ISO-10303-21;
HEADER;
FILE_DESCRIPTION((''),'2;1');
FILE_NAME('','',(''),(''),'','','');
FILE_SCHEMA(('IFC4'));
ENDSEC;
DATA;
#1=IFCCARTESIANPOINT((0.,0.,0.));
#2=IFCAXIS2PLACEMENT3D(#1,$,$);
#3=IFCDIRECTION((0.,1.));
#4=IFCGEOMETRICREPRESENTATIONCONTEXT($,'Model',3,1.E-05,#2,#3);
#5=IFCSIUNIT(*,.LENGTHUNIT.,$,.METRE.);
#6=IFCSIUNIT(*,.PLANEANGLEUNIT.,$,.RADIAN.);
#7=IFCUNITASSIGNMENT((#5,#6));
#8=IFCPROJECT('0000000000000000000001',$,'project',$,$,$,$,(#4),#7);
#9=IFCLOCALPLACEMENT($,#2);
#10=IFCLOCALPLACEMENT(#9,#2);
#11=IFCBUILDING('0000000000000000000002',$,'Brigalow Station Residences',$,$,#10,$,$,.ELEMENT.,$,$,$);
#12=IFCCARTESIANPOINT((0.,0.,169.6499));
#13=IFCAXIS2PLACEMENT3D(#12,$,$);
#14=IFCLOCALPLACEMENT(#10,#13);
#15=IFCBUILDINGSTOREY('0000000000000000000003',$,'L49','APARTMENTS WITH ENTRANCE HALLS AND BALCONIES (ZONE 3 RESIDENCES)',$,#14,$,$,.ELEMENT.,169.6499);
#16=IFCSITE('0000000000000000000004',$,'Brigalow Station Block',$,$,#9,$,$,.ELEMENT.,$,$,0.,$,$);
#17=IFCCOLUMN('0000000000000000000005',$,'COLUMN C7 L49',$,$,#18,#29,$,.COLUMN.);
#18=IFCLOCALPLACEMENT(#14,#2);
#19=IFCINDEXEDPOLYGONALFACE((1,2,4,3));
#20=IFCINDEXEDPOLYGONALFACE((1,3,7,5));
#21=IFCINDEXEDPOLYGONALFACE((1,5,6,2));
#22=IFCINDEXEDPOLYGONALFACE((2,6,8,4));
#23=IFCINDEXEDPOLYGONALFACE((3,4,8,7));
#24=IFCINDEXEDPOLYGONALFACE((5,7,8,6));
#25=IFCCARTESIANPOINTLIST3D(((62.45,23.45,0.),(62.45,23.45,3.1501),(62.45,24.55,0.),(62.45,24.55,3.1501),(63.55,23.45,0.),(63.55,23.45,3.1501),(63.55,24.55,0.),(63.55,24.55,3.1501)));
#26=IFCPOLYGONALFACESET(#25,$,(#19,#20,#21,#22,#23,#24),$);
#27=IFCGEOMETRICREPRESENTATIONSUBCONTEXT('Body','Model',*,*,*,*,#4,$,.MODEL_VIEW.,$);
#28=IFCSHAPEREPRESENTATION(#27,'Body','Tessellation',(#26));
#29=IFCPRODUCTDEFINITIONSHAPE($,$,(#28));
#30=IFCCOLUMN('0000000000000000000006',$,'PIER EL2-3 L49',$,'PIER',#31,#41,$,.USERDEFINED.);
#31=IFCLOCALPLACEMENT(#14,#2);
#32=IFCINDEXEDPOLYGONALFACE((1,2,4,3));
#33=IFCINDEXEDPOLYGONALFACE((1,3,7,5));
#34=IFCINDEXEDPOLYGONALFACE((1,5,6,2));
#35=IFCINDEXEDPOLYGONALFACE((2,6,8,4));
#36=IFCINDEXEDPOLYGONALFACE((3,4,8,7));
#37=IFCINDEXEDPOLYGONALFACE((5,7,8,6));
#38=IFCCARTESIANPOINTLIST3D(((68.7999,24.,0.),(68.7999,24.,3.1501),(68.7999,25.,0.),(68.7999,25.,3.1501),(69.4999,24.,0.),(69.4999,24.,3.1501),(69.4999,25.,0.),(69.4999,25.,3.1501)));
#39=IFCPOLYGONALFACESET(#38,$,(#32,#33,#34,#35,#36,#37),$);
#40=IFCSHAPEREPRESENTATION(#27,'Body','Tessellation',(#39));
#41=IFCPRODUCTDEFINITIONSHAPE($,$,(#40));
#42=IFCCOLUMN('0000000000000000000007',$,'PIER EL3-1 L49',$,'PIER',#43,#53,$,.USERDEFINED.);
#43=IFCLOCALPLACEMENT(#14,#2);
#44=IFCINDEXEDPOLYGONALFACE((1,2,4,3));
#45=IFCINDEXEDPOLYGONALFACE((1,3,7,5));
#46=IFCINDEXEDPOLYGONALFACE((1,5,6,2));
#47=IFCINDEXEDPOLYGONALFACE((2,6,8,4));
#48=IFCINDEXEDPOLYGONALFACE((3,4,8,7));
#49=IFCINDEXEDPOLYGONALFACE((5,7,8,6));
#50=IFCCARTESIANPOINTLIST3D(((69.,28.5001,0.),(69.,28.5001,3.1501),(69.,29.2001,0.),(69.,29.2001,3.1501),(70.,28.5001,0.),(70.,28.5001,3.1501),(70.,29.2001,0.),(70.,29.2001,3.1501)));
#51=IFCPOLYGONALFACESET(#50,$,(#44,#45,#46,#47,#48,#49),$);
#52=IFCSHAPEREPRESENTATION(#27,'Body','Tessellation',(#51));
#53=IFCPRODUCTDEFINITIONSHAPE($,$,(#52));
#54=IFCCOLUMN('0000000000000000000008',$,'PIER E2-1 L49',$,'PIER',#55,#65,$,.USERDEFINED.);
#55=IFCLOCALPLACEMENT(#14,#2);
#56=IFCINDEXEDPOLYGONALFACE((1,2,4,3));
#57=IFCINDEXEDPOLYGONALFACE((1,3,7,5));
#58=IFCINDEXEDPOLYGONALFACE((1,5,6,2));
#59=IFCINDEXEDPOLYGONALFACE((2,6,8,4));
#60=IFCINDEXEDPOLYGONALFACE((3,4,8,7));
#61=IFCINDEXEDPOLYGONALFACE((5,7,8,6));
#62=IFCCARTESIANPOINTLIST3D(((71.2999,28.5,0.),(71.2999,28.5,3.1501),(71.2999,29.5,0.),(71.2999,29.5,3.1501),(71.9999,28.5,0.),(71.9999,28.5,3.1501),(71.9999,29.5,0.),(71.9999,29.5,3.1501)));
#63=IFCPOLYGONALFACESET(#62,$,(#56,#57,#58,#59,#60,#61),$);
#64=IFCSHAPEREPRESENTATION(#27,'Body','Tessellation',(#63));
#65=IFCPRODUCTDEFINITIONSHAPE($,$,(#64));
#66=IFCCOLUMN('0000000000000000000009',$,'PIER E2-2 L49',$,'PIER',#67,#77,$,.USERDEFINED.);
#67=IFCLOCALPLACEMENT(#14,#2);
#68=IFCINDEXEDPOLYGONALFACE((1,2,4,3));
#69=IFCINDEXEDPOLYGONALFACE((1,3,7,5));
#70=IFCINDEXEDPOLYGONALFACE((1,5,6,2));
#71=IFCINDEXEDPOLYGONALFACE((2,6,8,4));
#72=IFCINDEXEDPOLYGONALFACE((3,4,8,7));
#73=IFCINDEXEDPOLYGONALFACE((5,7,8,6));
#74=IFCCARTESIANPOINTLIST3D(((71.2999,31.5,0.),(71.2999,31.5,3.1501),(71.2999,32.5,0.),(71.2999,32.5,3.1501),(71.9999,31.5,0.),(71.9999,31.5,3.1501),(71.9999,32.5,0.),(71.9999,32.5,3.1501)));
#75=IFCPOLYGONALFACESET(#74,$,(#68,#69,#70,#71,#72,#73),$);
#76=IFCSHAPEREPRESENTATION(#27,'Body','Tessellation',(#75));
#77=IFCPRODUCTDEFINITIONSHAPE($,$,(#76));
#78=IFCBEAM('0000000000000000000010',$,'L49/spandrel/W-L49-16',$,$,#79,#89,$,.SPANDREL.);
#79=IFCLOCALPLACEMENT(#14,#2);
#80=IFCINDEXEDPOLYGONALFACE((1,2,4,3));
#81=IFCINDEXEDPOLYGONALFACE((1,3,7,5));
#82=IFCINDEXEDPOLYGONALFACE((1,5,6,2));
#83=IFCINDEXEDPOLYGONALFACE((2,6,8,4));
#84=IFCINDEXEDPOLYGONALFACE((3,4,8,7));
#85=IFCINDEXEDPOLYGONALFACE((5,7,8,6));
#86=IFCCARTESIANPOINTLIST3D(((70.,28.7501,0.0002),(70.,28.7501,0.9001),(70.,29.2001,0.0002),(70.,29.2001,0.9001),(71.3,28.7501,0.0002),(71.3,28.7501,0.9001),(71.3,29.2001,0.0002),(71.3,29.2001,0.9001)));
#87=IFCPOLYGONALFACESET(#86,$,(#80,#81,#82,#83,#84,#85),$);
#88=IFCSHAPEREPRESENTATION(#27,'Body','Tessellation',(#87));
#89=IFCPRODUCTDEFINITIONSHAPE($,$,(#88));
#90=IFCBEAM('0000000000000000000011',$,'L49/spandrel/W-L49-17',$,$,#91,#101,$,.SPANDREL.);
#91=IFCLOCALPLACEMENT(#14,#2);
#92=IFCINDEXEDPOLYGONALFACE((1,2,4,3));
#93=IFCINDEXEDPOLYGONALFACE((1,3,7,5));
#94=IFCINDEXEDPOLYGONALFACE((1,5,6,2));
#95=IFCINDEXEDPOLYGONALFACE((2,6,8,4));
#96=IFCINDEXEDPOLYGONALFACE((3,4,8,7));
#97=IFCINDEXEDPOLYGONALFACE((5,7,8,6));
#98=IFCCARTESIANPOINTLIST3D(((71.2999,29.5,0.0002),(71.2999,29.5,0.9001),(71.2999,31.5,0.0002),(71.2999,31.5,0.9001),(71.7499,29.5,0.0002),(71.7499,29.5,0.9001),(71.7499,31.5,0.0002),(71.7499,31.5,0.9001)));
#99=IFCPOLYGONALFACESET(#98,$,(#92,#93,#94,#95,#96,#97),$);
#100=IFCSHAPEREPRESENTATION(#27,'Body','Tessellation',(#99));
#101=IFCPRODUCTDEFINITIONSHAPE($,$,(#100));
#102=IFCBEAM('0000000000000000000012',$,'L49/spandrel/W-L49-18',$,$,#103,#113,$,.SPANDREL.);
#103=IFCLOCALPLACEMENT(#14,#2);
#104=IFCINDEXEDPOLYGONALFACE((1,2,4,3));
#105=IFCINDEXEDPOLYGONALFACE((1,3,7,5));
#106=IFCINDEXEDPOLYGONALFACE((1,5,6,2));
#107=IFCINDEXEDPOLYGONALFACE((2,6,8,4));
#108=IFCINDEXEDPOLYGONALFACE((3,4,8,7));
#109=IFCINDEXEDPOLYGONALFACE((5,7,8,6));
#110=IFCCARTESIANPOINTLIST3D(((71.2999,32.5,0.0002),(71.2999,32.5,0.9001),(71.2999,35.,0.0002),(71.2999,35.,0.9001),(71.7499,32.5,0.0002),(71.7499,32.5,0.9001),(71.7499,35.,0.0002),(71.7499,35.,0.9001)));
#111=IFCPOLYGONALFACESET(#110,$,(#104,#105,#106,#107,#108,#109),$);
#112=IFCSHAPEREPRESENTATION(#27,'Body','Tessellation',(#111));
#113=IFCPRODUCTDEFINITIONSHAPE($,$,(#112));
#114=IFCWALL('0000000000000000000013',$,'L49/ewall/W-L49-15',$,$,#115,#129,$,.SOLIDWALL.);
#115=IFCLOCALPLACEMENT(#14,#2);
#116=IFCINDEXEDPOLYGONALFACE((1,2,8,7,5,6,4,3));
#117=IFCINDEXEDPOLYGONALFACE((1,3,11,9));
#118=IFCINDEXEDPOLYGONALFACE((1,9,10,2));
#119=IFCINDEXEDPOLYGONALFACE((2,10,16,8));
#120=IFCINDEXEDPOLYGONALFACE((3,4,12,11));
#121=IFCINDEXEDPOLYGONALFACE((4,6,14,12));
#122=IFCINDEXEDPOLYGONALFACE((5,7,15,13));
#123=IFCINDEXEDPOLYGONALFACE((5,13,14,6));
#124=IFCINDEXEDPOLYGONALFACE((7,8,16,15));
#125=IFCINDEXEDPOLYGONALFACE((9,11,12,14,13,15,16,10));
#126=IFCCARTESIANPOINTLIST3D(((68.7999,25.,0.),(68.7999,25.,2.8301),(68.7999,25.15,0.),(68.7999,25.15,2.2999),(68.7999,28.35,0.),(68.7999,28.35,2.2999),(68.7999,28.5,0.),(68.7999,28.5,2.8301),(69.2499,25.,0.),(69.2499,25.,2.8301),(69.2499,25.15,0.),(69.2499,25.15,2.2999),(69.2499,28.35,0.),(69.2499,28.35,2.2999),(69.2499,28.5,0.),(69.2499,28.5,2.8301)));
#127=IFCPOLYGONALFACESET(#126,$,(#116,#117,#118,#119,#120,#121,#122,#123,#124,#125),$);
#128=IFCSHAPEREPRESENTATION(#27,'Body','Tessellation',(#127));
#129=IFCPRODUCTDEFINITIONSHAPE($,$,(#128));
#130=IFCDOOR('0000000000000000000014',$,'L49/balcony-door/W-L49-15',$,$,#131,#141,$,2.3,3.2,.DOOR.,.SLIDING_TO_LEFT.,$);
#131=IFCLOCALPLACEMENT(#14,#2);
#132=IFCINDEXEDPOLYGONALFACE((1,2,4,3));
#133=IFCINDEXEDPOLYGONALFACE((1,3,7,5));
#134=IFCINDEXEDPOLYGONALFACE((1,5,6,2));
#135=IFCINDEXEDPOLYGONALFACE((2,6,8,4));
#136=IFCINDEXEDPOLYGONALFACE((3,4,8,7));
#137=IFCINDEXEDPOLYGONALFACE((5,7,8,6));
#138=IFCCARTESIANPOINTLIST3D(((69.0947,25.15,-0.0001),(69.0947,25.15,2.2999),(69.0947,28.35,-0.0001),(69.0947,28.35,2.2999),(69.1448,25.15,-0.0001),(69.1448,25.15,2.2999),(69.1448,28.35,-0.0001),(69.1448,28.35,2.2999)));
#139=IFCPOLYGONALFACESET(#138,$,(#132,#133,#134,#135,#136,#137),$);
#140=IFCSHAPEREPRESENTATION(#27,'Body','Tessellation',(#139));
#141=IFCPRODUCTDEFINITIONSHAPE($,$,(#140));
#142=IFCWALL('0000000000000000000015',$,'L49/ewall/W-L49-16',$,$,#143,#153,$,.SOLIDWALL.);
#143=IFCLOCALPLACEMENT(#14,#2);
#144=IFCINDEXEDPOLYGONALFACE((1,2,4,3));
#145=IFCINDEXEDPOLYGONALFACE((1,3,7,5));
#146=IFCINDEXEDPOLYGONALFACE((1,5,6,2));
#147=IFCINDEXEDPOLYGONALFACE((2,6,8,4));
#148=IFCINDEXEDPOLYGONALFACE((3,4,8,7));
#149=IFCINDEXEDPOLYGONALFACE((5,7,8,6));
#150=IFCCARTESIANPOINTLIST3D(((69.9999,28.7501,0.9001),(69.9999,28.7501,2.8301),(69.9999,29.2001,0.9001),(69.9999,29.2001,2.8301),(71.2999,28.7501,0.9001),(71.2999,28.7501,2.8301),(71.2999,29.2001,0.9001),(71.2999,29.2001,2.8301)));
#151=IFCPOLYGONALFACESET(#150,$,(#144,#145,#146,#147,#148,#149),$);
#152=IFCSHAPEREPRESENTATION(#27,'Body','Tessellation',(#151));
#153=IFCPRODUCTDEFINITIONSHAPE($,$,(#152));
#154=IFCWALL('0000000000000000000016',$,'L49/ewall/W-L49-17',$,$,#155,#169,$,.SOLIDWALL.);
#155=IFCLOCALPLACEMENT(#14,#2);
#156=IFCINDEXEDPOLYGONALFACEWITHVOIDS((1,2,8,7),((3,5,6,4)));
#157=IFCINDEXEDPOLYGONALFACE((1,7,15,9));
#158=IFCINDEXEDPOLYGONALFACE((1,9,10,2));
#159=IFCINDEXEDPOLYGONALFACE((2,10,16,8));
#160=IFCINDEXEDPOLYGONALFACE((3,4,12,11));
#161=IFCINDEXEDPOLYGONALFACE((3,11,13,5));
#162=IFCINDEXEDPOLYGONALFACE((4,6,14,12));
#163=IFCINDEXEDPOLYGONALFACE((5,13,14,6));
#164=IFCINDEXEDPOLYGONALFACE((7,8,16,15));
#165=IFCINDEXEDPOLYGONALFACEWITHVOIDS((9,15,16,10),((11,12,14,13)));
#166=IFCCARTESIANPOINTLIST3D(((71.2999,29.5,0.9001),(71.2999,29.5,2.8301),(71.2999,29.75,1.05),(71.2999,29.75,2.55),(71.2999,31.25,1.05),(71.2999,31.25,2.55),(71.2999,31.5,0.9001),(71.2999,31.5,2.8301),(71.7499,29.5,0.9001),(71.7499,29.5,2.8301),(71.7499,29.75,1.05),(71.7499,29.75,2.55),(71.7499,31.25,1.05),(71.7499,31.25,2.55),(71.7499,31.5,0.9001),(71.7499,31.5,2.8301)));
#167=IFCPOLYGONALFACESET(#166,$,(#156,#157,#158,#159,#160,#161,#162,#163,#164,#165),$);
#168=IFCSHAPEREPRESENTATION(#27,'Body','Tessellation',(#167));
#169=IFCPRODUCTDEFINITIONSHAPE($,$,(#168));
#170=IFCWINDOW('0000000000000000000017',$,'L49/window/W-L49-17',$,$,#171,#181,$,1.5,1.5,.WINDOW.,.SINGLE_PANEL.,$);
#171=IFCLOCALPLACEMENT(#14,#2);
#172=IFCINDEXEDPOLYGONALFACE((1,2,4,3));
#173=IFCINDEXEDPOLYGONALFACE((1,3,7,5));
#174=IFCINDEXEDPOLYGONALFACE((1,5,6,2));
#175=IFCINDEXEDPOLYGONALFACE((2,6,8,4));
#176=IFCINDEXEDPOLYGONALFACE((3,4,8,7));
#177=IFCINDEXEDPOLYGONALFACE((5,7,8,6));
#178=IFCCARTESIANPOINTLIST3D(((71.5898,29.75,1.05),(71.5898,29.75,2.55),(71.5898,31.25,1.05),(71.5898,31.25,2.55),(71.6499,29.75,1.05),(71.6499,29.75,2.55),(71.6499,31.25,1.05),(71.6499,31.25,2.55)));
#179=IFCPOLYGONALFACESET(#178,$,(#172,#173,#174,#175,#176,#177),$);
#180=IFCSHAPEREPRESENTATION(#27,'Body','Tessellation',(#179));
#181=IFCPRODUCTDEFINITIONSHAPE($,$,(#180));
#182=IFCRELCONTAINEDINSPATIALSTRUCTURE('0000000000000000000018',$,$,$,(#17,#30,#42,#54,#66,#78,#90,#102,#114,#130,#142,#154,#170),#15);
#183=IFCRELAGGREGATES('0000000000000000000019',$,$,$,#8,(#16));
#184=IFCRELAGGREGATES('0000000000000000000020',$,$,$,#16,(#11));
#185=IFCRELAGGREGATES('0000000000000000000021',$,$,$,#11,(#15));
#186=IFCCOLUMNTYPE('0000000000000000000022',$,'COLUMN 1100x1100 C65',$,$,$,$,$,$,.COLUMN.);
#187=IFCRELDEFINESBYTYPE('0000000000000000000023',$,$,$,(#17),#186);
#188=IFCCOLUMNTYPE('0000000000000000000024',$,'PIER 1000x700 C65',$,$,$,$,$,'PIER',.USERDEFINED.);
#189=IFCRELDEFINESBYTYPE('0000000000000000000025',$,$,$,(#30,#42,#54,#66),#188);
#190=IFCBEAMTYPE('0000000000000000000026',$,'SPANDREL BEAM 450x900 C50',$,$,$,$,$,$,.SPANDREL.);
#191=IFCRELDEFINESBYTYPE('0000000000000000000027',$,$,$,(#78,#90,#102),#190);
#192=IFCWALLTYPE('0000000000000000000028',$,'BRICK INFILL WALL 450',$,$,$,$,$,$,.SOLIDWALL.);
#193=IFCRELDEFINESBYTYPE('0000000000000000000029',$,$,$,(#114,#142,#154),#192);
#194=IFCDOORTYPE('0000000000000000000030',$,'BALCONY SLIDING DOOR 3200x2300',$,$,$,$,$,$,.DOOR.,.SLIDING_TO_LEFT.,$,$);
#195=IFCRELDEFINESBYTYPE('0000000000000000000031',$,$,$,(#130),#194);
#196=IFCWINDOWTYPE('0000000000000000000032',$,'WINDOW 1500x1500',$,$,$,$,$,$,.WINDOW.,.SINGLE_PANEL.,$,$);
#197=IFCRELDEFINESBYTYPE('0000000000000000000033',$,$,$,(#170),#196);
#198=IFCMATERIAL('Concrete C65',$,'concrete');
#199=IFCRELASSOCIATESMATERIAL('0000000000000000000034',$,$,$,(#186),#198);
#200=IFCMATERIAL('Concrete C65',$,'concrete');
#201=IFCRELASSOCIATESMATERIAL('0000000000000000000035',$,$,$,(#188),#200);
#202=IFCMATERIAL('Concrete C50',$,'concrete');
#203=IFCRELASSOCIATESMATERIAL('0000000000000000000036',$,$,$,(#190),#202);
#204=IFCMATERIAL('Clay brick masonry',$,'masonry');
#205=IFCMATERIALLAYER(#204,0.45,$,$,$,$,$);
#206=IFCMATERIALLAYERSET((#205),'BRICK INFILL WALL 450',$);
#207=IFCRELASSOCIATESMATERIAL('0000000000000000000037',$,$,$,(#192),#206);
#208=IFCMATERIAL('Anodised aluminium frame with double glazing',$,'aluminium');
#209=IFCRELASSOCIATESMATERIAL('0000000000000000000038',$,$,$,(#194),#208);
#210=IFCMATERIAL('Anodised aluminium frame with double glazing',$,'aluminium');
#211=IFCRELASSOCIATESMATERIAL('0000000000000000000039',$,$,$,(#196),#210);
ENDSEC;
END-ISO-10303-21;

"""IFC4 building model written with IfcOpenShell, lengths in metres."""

from ifc_helpers import new_model, si_unit, direction, frame, frame_2d, origin, origin_2d, place, context, subcontext, project, spatial, rectangle, extrude, material, layer, layer_set, material_profile, profile_set, type_object, element, fill, save


model = new_model("IFC4")

# Units and contexts
model_context = context("Model", 3, precision=1e-05, world=origin(), true_north=direction((0.0, 1.0)))
body_context = subcontext(model_context, "Body", "Model", "MODEL_VIEW")
ifc_project = project(units=[si_unit("LENGTHUNIT", "METRE"), si_unit("PLANEANGLEUNIT", "RADIAN")], contexts=[model_context])

# Site, building, storey
site_placement = place(None, origin())
site = spatial("IfcSite", under=ifc_project, at=site_placement, Name="Brigalow Station Block", CompositionType="ELEMENT", RefElevation=0.0)
building_placement = place(site_placement, origin())
building = spatial("IfcBuilding", under=site, at=building_placement, Name="Brigalow Station Residences", CompositionType="ELEMENT")
storey_placement = place(building_placement, frame((0.0, 0.0, 169.6499)))
storey = spatial("IfcBuildingStorey", under=building, at=storey_placement, Name="L49", Description="APARTMENTS WITH ENTRANCE HALLS AND BALCONIES (ZONE 3 RESIDENCES)", CompositionType="ELEMENT", Elevation=169.6499)

# Columns
ifc_material_1 = material(Name="Concrete C65", Category="concrete")
ifc_material_profile_1 = material_profile(ifc_material_1, rectangle(XDim=1.1001, YDim=1.1001, at=origin_2d()), Name="RC1100x1100")
ifc_profile_set_1 = profile_set([ifc_material_profile_1], Name="Concrete C65")
column_type_1 = type_object("IfcColumnType", Name="COLUMN 1100x1100 C65", PredefinedType="COLUMN", material=ifc_profile_set_1)
column_placement = place(storey_placement, frame((63.0, 24.0, 0.0), z_axis=(0.0, 0.0, 1.0), x_axis=(1.0, 0.0, 0.0)))
element("IfcColumn", 1, at=column_placement, inside=storey, type_object=column_type_1, Name="COLUMN C7 L49", PredefinedType="COLUMN", context=body_context, shape_type="SweptSolid", body=[
    extrude(rectangle(XDim=1.1001, YDim=1.1001, at=origin_2d()), origin(), (0.0, 0.0, 1.0), 3.1501),
])
ifc_material_2 = material(Name="Concrete C65", Category="concrete")
ifc_material_profile_2 = material_profile(ifc_material_2, rectangle(XDim=1.0, YDim=0.7, at=origin_2d()), Name="RC1000x700")
ifc_profile_set_2 = profile_set([ifc_material_profile_2], Name="Concrete C65")
column_type_2 = type_object("IfcColumnType", Name="PIER 1000x700 C65", ElementType="PIER", PredefinedType="USERDEFINED", material=ifc_profile_set_2)
for number, where, z_axis, x_axis, name in (
    (2, (69.1499, 24.5, 0.0), (0.0, 0.0, 1.0), (0.0, 1.0, 0.0), "PIER EL2-3 L49"),
    (3, (69.5, 28.8501, 0.0), (0.0, 0.0, 1.0), (1.0, 0.0, 0.0), "PIER EL3-1 L49"),
    (4, (71.6499, 29.0, 0.0), (0.0, 0.0, 1.0), (0.0, 1.0, 0.0), "PIER E2-1 L49"),
    (5, (71.6499, 32.0, 0.0), (0.0, 0.0, 1.0), (0.0, 1.0, 0.0), "PIER E2-2 L49"),
):
    element("IfcColumn", number, at=place(storey_placement, frame(where, z_axis=z_axis, x_axis=x_axis)), inside=storey, type_object=column_type_2, Name=name, ObjectType="PIER", PredefinedType="USERDEFINED", context=body_context, shape_type="SweptSolid", body=[
        extrude(rectangle(XDim=1.0, YDim=0.7, at=origin_2d()), origin(), (0.0, 0.0, 1.0), 3.1501),
    ])

# Beams
ifc_material_3 = material(Name="Concrete C50", Category="concrete")
ifc_material_profile_3 = material_profile(ifc_material_3, rectangle(XDim=0.45, YDim=0.8999, at=origin_2d()), Name="RC450x900")
ifc_profile_set_3 = profile_set([ifc_material_profile_3], Name="Concrete C50")
beam_type = type_object("IfcBeamType", Name="SPANDREL BEAM 450x900 C50", PredefinedType="SPANDREL", material=ifc_profile_set_3)
beam_1_placement = place(storey_placement, frame((70.0, 28.9751, 0.4502), z_axis=(1.0, 0.0, 0.0), x_axis=(0.0, 1.0, 0.0)))
element("IfcBeam", 6, at=beam_1_placement, inside=storey, type_object=beam_type, Name="L49/spandrel/W-L49-16", PredefinedType="SPANDREL", context=body_context, shape_type="SweptSolid", body=[
    extrude(rectangle(XDim=0.45, YDim=0.8999, at=origin_2d()), origin(), (0.0, 0.0, 1.0), 1.3),
])
beam_2_placement = place(storey_placement, frame((71.5249, 29.5, 0.4502), z_axis=(0.0, 1.0, 0.0), x_axis=(-1.0, 0.0, 0.0)))
element("IfcBeam", 7, at=beam_2_placement, inside=storey, type_object=beam_type, Name="L49/spandrel/W-L49-17", PredefinedType="SPANDREL", context=body_context, shape_type="SweptSolid", body=[
    extrude(rectangle(XDim=0.45, YDim=0.8999, at=origin_2d()), origin(), (0.0, 0.0, 1.0), 2.0),
])
beam_3_placement = place(storey_placement, frame((71.5249, 32.5, 0.4502), z_axis=(0.0, 1.0, 0.0), x_axis=(-1.0, 0.0, 0.0)))
element("IfcBeam", 8, at=beam_3_placement, inside=storey, type_object=beam_type, Name="L49/spandrel/W-L49-18", PredefinedType="SPANDREL", context=body_context, shape_type="SweptSolid", body=[
    extrude(rectangle(XDim=0.45, YDim=0.8999, at=origin_2d()), origin(), (0.0, 0.0, 1.0), 2.5),
])

# Wall, opening, door
ifc_material_4 = material(Name="Clay brick masonry", Category="masonry")
ifc_layer_1 = layer(ifc_material_4, 0.45)
ifc_layer_set_1 = layer_set([ifc_layer_1], Name="BRICK INFILL WALL 450")
wall_type_1 = type_object("IfcWallType", Name="BRICK INFILL WALL 450", PredefinedType="SOLIDWALL", material=ifc_layer_set_1)
wall_1_placement = place(storey_placement, frame((69.0249, 25.0, 0.0), z_axis=(0.0, 0.0, 1.0), x_axis=(0.0, 1.0, 0.0)))
wall_1 = element("IfcWall", 9, at=wall_1_placement, inside=storey, type_object=wall_type_1, Name="L49/ewall/W-L49-15", PredefinedType="SOLIDWALL", context=body_context, shape_type="SweptSolid", body=[
    extrude(rectangle(XDim=3.5, YDim=0.45, at=frame_2d((1.75, 0.0))), origin(), (0.0, 0.0, 1.0), 2.8301),
])
opening_1_placement = place(wall_1_placement, frame((0.1499, 0.0, 0.0)))
opening_1 = element("IfcOpeningElement", 10, at=opening_1_placement, cuts=wall_1, PredefinedType="OPENING", context=body_context, shape_type="SweptSolid", body=[
    extrude(rectangle(XDim=3.2, YDim=2.3, at=frame_2d((1.6001, 1.1499))), frame((0.0, 0.2349, 0.0), z_axis=(0.0, -1.0, 0.0), x_axis=(1.0, 0.0, 0.0)), (0.0, 0.0, 1.0), 0.47),
])
ifc_material_5 = material(Name="Anodised aluminium frame with double glazing", Category="aluminium")
door_type_1 = type_object("IfcDoorType", Name="BALCONY SLIDING DOOR 3200x2300", OperationType="SLIDING_TO_LEFT", PredefinedType="DOOR", material=ifc_material_5)
door_1_placement = place(opening_1_placement, origin())
door_1 = element("IfcDoor", 11, at=door_1_placement, inside=storey, type_object=door_type_1, Name="L49/balcony-door/W-L49-15", OperationType="SLIDING_TO_LEFT", OverallHeight=2.3, OverallWidth=3.2, PredefinedType="DOOR", context=body_context, shape_type="SweptSolid", body=[
    extrude(rectangle(XDim=3.2, YDim=2.3, at=frame_2d((1.6001, 1.1499))), frame((0.0, -0.0698, 0.0), z_axis=(0.0, -1.0, 0.0), x_axis=(1.0, 0.0, 0.0)), (0.0, 0.0, 1.0), 0.05),
])
fill(opening_1, door_1)

# Wall
wall_2_placement = place(storey_placement, frame((70.0, 28.9751, 0.9001), z_axis=(0.0, 0.0, 1.0), x_axis=(1.0, 0.0, 0.0)))
element("IfcWall", 12, at=wall_2_placement, inside=storey, type_object=wall_type_1, Name="L49/ewall/W-L49-16", PredefinedType="SOLIDWALL", context=body_context, shape_type="SweptSolid", body=[
    extrude(rectangle(XDim=1.3, YDim=0.45, at=frame_2d((0.6499, 0.0))), origin(), (0.0, 0.0, 1.0), 1.9299),
])

# Wall, opening, window
wall_3_placement = place(storey_placement, frame((71.5249, 29.5, 0.9001), z_axis=(0.0, 0.0, 1.0), x_axis=(0.0, 1.0, 0.0)))
wall_3 = element("IfcWall", 13, at=wall_3_placement, inside=storey, type_object=wall_type_1, Name="L49/ewall/W-L49-17", PredefinedType="SOLIDWALL", context=body_context, shape_type="SweptSolid", body=[
    extrude(rectangle(XDim=2.0, YDim=0.45, at=frame_2d((1.0, 0.0))), origin(), (0.0, 0.0, 1.0), 1.9299),
])
opening_2_placement = place(wall_3_placement, frame((0.25, 0.0, 0.1499)))
opening_2 = element("IfcOpeningElement", 14, at=opening_2_placement, cuts=wall_3, PredefinedType="OPENING", context=body_context, shape_type="SweptSolid", body=[
    extrude(rectangle(XDim=1.5, YDim=1.5, at=frame_2d((0.75, 0.75))), frame((0.0, 0.2349, 0.0), z_axis=(0.0, -1.0, 0.0), x_axis=(1.0, 0.0, 0.0)), (0.0, 0.0, 1.0), 0.47),
])
ifc_material_6 = material(Name="Anodised aluminium frame with double glazing", Category="aluminium")
window_type_1 = type_object("IfcWindowType", Name="WINDOW 1500x1500", PartitioningType="SINGLE_PANEL", PredefinedType="WINDOW", material=ifc_material_6)
window_1_placement = place(opening_2_placement, origin())
window_1 = element("IfcWindow", 15, at=window_1_placement, inside=storey, type_object=window_type_1, Name="L49/window/W-L49-17", OverallHeight=1.5, OverallWidth=1.5, PartitioningType="SINGLE_PANEL", PredefinedType="WINDOW", context=body_context, shape_type="SweptSolid", body=[
    extrude(rectangle(XDim=1.5, YDim=1.5, at=frame_2d((0.75, 0.75))), frame((0.0, -0.0649, 0.0), z_axis=(0.0, -1.0, 0.0), x_axis=(1.0, 0.0, 0.0)), (0.0, 0.0, 1.0), 0.0601),
])
fill(opening_2, window_1)

save(model, "model.ifc")
